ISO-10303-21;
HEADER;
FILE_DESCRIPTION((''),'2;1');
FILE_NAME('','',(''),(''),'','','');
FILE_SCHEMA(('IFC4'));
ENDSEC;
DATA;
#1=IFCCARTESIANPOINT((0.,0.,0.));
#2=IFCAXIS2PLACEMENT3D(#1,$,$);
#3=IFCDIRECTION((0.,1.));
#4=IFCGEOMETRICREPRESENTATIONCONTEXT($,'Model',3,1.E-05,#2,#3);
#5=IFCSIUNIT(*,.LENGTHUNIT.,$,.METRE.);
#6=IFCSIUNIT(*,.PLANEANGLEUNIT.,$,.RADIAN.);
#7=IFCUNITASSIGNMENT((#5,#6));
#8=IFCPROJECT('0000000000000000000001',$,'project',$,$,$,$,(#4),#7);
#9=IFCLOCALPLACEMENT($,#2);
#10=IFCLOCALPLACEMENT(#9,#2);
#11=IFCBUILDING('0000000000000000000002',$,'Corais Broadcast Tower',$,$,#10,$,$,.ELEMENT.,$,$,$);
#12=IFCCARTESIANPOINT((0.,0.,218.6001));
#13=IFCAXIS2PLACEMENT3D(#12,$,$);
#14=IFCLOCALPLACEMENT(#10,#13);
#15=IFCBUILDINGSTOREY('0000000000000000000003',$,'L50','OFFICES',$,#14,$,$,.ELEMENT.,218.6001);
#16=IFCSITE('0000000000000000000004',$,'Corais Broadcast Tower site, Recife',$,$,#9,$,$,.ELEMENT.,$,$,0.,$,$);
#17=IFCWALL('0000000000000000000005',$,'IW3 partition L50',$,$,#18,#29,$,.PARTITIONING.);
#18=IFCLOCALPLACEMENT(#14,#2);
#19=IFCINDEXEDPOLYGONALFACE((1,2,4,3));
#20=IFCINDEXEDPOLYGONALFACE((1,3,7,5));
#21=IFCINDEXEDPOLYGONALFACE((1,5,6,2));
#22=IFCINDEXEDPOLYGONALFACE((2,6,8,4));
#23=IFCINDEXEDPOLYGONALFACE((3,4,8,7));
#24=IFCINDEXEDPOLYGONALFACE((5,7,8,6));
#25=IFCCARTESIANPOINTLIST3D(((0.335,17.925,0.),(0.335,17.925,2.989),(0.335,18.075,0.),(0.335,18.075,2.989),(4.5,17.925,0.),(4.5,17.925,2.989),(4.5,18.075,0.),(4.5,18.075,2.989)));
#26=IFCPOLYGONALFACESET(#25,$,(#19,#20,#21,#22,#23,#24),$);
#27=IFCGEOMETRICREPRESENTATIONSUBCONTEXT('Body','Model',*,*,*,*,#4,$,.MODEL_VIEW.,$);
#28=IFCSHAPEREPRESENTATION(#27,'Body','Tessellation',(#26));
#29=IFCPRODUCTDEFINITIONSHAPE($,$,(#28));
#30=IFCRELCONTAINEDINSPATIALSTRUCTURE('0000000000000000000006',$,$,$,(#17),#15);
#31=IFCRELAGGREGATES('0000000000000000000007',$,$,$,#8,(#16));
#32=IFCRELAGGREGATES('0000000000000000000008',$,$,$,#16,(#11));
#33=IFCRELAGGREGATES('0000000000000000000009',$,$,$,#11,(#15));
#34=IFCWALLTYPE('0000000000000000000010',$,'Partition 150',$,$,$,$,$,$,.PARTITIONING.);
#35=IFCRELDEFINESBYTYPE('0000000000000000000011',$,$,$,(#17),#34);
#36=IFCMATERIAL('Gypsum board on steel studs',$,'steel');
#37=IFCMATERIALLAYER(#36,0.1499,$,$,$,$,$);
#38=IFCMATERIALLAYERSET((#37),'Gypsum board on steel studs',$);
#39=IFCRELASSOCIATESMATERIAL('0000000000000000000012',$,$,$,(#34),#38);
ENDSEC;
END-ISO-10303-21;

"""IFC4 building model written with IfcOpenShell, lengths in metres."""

from ifc_helpers import new_model, si_unit, direction, frame, frame_2d, origin, place, context, subcontext, project, spatial, rectangle, extrude, material, layer, layer_set, type_object, element, save


model = new_model("IFC4")

# Units and contexts
model_context = context("Model", 3, precision=1e-05, world=origin(), true_north=direction((0.0, 1.0)))
body_context = subcontext(model_context, "Body", "Model", "MODEL_VIEW")
ifc_project = project(units=[si_unit("LENGTHUNIT", "METRE"), si_unit("PLANEANGLEUNIT", "RADIAN")], contexts=[model_context])

# Site, building, storey
site_placement = place(None, origin())
site = spatial("IfcSite", under=ifc_project, at=site_placement, Name="Corais Broadcast Tower site, Recife", CompositionType="ELEMENT", RefElevation=0.0)
building_placement = place(site_placement, origin())
building = spatial("IfcBuilding", under=site, at=building_placement, Name="Corais Broadcast Tower", CompositionType="ELEMENT")
storey_placement = place(building_placement, frame((0.0, 0.0, 218.6001)))
storey = spatial("IfcBuildingStorey", under=building, at=storey_placement, Name="L50", Description="OFFICES", CompositionType="ELEMENT", Elevation=218.6001)

# Wall
ifc_material_1 = material(Name="Gypsum board on steel studs", Category="steel")
ifc_layer_1 = layer(ifc_material_1, 0.1499)
ifc_layer_set_1 = layer_set([ifc_layer_1], Name="Gypsum board on steel studs")
wall_type = type_object("IfcWallType", Name="Partition 150", PredefinedType="PARTITIONING", material=ifc_layer_set_1)
wall_placement = place(storey_placement, frame((0.335, 18.0, 0.0), z_axis=(0.0, 0.0, 1.0), x_axis=(1.0, 0.0, 0.0)))
element("IfcWall", 1, at=wall_placement, inside=storey, type_object=wall_type, Name="IW3 partition L50", PredefinedType="PARTITIONING", context=body_context, shape_type="SweptSolid", body=[
    extrude(rectangle(XDim=4.165, YDim=0.1499, at=frame_2d((2.0825, 0.0))), origin(), (0.0, 0.0, 1.0), 2.989),
])

save(model, "model.ifc")
